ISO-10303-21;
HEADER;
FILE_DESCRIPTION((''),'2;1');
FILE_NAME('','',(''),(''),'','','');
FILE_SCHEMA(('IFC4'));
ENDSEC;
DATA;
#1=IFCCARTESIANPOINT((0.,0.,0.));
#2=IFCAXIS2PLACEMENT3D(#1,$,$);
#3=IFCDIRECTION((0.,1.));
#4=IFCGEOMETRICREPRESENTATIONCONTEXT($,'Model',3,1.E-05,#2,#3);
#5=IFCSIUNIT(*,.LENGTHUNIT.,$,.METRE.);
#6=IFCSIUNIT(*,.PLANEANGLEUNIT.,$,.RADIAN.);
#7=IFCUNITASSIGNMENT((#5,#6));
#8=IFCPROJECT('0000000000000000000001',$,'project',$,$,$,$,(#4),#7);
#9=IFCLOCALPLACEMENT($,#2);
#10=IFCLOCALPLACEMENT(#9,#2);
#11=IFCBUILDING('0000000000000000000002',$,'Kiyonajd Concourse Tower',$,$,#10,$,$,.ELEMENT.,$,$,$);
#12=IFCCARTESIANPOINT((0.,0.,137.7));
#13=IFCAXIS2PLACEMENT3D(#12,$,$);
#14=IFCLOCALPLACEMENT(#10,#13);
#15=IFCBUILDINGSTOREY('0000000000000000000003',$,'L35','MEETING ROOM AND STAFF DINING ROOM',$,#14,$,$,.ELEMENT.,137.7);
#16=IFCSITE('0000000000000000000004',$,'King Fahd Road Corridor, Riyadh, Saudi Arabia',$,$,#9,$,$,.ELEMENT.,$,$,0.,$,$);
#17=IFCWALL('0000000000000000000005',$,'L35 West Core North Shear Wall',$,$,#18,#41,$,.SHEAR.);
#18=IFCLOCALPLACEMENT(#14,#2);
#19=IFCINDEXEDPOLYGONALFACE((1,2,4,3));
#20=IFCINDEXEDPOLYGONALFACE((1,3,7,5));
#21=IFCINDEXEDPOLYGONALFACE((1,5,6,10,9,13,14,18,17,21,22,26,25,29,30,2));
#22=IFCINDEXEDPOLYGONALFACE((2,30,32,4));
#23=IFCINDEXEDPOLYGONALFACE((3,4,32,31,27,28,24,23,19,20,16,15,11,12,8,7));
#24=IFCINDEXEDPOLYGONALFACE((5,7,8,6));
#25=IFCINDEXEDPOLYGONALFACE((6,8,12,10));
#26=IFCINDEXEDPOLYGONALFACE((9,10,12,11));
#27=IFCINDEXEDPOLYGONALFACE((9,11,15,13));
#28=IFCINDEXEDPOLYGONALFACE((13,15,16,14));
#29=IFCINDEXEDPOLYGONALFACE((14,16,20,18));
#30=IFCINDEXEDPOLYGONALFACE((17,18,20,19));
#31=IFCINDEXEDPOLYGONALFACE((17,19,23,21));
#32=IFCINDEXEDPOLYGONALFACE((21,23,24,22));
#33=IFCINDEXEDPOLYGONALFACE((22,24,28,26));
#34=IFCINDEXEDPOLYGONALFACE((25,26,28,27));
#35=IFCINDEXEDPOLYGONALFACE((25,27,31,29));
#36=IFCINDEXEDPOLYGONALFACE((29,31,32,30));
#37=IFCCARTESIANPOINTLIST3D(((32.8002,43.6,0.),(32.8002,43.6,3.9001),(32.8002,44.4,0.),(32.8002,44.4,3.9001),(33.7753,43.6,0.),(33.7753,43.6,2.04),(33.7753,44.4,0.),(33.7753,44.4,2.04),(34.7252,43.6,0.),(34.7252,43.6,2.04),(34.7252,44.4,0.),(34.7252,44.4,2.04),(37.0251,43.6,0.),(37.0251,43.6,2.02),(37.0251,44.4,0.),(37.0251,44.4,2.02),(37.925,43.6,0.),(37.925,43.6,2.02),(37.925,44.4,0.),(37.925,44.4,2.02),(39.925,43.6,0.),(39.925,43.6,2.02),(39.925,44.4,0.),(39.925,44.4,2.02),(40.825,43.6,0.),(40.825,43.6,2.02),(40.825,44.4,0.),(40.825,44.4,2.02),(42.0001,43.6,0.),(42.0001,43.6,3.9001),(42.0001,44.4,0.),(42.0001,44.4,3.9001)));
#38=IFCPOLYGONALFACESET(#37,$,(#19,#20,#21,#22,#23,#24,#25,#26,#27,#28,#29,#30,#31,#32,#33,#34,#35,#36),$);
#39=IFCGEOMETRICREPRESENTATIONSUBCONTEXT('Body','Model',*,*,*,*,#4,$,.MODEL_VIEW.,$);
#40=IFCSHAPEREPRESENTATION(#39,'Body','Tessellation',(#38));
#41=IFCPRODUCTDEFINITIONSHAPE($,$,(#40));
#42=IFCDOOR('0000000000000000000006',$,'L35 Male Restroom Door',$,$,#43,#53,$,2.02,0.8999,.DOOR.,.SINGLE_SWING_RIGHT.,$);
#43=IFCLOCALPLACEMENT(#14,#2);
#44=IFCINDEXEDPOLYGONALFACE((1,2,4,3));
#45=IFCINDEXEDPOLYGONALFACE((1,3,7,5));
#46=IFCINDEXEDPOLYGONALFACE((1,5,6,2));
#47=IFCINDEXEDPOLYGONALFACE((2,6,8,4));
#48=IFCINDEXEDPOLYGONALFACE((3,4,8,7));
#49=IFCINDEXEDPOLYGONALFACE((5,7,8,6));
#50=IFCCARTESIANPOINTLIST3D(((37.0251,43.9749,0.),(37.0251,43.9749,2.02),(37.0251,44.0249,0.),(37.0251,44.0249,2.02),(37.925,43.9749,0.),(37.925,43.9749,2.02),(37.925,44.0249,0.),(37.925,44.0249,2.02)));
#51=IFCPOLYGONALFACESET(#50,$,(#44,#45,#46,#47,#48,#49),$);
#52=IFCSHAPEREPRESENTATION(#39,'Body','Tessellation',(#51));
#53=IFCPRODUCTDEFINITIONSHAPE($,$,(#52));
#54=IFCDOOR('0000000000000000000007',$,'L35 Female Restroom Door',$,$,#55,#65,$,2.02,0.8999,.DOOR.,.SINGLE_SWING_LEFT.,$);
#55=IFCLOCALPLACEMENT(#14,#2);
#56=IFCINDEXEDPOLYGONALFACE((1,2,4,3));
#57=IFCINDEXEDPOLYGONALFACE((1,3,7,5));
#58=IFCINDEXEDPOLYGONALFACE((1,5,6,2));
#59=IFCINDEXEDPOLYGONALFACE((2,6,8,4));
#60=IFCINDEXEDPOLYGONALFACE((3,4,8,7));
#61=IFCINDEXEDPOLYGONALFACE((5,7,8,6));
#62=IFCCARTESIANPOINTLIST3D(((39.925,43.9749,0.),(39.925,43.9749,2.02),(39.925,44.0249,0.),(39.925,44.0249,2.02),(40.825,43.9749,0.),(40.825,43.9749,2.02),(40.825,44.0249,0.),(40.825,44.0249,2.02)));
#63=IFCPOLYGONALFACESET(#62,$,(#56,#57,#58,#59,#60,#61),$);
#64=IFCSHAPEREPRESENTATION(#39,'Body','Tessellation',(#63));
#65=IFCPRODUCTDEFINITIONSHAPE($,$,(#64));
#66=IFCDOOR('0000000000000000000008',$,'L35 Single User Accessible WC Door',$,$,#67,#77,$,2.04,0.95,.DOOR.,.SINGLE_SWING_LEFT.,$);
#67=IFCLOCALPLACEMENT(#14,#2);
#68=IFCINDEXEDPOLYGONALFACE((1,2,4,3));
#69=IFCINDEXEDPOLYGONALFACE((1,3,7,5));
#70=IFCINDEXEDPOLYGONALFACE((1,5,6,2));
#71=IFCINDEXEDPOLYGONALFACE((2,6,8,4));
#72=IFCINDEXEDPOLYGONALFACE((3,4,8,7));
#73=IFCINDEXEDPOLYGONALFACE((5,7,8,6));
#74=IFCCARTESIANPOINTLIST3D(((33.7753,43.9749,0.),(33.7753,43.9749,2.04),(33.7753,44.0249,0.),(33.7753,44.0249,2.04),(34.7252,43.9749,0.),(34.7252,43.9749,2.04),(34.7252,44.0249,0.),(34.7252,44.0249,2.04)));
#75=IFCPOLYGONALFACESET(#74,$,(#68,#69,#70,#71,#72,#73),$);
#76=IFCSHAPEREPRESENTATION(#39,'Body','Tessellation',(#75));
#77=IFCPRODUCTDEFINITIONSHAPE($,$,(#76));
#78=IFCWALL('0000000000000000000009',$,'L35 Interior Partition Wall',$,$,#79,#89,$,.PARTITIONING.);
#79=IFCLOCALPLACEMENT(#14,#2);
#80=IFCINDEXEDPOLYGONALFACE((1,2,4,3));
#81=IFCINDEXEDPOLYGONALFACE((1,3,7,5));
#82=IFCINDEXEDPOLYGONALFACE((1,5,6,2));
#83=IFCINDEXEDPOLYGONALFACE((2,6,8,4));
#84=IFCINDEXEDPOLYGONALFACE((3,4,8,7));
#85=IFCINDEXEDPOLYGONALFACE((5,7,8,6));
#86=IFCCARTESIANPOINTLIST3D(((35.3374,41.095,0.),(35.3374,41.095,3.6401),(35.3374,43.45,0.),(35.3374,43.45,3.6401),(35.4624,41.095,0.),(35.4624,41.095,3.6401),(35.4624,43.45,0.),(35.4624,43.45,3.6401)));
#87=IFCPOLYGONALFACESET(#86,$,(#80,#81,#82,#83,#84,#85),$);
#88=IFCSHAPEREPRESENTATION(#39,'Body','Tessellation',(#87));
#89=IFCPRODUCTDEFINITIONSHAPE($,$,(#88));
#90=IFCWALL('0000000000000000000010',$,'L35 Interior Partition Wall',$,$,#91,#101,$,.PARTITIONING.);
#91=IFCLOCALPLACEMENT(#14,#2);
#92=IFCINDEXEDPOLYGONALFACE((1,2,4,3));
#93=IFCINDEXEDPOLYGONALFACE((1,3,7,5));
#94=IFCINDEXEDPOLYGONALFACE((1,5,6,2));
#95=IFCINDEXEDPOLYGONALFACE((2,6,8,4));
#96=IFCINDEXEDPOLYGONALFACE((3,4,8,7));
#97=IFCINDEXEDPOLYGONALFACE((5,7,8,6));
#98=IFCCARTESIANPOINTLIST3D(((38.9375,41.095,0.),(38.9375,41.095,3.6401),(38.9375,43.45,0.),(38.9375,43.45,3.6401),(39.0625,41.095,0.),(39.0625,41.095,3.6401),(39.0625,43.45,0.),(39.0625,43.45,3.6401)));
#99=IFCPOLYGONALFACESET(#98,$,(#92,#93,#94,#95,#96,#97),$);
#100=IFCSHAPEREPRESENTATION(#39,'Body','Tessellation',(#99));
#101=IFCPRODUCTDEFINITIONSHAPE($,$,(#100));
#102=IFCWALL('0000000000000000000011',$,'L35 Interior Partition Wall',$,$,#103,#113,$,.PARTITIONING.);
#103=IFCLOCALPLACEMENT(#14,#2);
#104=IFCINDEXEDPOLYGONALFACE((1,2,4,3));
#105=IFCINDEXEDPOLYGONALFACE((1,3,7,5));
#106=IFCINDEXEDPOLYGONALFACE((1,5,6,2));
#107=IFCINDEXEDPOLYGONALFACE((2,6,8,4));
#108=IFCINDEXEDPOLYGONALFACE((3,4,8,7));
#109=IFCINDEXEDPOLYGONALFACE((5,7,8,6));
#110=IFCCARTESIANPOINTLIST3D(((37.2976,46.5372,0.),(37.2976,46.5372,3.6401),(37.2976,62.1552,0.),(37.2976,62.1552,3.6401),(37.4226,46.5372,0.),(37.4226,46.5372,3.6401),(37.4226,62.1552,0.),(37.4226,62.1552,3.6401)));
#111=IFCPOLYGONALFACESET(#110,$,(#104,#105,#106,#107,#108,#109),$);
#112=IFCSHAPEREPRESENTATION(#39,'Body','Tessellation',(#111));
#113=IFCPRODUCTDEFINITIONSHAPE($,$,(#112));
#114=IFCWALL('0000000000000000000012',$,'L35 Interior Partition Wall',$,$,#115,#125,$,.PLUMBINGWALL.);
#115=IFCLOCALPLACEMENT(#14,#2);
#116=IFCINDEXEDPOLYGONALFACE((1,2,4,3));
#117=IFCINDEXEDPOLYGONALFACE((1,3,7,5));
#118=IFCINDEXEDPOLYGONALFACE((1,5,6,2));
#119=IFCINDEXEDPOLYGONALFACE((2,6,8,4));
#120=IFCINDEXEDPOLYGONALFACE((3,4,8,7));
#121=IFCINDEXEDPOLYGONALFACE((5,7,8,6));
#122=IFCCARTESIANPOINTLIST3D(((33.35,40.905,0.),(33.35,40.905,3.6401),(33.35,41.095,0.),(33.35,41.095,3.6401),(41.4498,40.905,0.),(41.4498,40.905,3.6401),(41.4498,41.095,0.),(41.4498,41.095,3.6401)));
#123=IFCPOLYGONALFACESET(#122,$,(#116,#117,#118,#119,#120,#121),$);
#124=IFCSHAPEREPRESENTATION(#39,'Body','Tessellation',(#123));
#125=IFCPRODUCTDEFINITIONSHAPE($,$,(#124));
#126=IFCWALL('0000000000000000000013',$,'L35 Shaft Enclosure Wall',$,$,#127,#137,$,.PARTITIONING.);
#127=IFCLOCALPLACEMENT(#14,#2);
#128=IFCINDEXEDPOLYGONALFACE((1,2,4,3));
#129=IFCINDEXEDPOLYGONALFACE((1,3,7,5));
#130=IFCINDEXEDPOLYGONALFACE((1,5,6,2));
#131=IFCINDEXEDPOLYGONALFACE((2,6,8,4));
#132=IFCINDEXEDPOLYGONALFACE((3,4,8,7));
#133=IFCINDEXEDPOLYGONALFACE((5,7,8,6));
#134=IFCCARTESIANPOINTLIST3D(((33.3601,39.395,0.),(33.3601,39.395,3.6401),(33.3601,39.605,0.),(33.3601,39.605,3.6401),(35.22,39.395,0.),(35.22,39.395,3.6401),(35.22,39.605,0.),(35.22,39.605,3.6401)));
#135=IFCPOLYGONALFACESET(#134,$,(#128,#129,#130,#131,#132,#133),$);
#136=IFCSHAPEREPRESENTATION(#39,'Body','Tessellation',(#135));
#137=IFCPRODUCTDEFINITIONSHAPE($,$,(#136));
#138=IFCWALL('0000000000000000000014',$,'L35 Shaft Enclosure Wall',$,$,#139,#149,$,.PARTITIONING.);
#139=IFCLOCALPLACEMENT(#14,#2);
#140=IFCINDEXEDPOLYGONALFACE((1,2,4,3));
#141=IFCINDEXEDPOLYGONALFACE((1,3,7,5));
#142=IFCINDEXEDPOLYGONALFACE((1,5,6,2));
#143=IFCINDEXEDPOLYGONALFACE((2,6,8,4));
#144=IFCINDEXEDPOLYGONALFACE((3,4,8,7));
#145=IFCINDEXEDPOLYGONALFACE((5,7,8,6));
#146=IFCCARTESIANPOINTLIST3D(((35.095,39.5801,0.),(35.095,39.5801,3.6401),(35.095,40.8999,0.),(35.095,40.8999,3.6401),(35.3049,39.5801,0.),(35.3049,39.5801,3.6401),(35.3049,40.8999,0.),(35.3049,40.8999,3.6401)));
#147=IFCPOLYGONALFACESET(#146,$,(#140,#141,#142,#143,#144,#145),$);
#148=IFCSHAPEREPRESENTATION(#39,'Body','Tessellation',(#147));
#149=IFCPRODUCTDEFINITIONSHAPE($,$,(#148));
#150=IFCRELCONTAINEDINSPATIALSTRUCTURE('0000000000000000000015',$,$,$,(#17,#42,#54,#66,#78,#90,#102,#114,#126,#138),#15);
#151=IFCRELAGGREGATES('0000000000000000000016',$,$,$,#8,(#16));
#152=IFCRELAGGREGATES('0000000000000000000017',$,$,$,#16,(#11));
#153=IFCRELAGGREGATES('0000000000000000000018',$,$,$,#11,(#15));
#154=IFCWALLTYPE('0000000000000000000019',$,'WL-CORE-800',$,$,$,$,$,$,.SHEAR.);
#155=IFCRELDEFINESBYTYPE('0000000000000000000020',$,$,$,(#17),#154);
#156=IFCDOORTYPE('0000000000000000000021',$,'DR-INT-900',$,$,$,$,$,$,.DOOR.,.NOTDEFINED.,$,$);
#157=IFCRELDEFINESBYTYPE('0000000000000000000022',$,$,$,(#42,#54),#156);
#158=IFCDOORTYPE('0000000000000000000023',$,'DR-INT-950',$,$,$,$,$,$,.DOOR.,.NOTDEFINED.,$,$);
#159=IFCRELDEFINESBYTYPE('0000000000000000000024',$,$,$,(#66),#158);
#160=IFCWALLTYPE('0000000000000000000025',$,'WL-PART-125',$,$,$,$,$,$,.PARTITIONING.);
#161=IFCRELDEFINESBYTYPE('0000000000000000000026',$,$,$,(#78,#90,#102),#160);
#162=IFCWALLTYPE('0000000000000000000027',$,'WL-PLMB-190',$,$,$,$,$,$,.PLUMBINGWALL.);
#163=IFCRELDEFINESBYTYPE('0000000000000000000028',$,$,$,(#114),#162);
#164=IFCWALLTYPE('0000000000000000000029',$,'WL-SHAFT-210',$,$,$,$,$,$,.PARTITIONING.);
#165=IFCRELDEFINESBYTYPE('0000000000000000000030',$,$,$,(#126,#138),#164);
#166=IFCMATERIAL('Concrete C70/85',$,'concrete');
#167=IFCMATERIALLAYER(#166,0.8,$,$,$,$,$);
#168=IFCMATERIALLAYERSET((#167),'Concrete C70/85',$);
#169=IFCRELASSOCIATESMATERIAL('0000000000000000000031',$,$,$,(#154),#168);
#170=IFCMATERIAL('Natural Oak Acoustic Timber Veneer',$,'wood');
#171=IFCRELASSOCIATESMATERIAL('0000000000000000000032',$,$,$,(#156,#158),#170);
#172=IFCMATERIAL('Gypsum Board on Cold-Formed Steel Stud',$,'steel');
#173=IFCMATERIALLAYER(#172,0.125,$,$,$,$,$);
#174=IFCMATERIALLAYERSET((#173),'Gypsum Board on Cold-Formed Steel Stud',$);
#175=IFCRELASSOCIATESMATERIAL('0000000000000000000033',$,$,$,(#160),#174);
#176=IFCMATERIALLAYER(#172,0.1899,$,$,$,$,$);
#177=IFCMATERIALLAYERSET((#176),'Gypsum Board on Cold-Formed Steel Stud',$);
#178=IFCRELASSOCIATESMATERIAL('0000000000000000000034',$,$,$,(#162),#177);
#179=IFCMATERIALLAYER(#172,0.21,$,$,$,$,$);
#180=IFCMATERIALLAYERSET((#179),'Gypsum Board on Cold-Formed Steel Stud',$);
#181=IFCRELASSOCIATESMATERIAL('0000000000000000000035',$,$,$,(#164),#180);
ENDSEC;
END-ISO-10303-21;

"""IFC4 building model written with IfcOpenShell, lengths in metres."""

from ifc_helpers import new_model, si_unit, direction, frame, frame_2d, origin, place, context, subcontext, project, spatial, rectangle, extrude, material, layer, layer_set, type_object, element, fill, save


model = new_model("IFC4")

# Units and contexts
model_context = context("Model", 3, precision=1e-05, world=origin(), true_north=direction((0.0, 1.0)))
body_context = subcontext(model_context, "Body", "Model", "MODEL_VIEW")
ifc_project = project(units=[si_unit("LENGTHUNIT", "METRE"), si_unit("PLANEANGLEUNIT", "RADIAN")], contexts=[model_context])

# Site, building, storey
site_placement = place(None, origin())
site = spatial("IfcSite", under=ifc_project, at=site_placement, Name="King Fahd Road Corridor, Riyadh, Saudi Arabia", CompositionType="ELEMENT", RefElevation=0.0)
building_placement = place(site_placement, origin())
building = spatial("IfcBuilding", under=site, at=building_placement, Name="Kiyonajd Concourse Tower", CompositionType="ELEMENT")
storey_placement = place(building_placement, frame((0.0, 0.0, 137.7)))
storey = spatial("IfcBuildingStorey", under=building, at=storey_placement, Name="L35", Description="MEETING ROOM AND STAFF DINING ROOM", CompositionType="ELEMENT", Elevation=137.7)

# Shared definitions
ifc_material_1 = material(Name="Concrete C70/85", Category="concrete")

# Shared definitions
ifc_layer_1 = layer(ifc_material_1, 0.8)
ifc_layer_set_1 = layer_set([ifc_layer_1], Name="Concrete C70/85")
wall_type_1 = type_object("IfcWallType", Name="WL-CORE-800", PredefinedType="SHEAR", material=ifc_layer_set_1)

# Wall, openings, doors
wall_1_placement = place(storey_placement, frame((32.8, 44.0, 0.0), z_axis=(0.0, 0.0, 1.0), x_axis=(1.0, 0.0, 0.0)))
wall_1 = element("IfcWall", 1, at=wall_1_placement, inside=storey, type_object=wall_type_1, Name="L35 West Core North Shear Wall", PredefinedType="SHEAR", context=body_context, shape_type="SweptSolid", body=[
    extrude(rectangle(XDim=9.2, YDim=0.8, at=frame_2d((4.6001, 0.0))), origin(), (0.0, 0.0, 1.0), 3.9001),
])
opening_1_placement = place(wall_1_placement, frame((0.9751, 0.0, 0.0)))
opening_1 = element("IfcOpeningElement", 2, at=opening_1_placement, cuts=wall_1, PredefinedType="OPENING", context=body_context, shape_type="SweptSolid", body=[
    extrude(rectangle(XDim=0.95, YDim=2.04, at=frame_2d((0.4751, 1.02))), frame((0.0, 0.4099, 0.0), z_axis=(0.0, -1.0, 0.0), x_axis=(1.0, 0.0, 0.0)), (0.0, 0.0, 1.0), 0.8201),
])
opening_2_placement = place(wall_1_placement, frame((4.2251, 0.0, 0.0)))
opening_2 = element("IfcOpeningElement", 3, at=opening_2_placement, cuts=wall_1, PredefinedType="OPENING", context=body_context, shape_type="SweptSolid", body=[
    extrude(rectangle(XDim=0.8999, YDim=2.02, at=frame_2d((0.45, 1.01))), frame((0.0, 0.4099, 0.0), z_axis=(0.0, -1.0, 0.0), x_axis=(1.0, 0.0, 0.0)), (0.0, 0.0, 1.0), 0.8201),
])
opening_3_placement = place(wall_1_placement, frame((7.125, 0.0, 0.0)))
opening_3 = element("IfcOpeningElement", 4, at=opening_3_placement, cuts=wall_1, PredefinedType="OPENING", context=body_context, shape_type="SweptSolid", body=[
    extrude(rectangle(XDim=0.8999, YDim=2.02, at=frame_2d((0.45, 1.01))), frame((0.0, 0.4099, 0.0), z_axis=(0.0, -1.0, 0.0), x_axis=(1.0, 0.0, 0.0)), (0.0, 0.0, 1.0), 0.8201),
])
ifc_material_2 = material(Name="Natural Oak Acoustic Timber Veneer", Category="wood")
door_type_1 = type_object("IfcDoorType", Name="DR-INT-900", OperationType="NOTDEFINED", PredefinedType="DOOR", material=ifc_material_2)
door_1_placement = place(opening_2_placement, origin())
door_1 = element("IfcDoor", 5, at=door_1_placement, inside=storey, type_object=door_type_1, Name="L35 Male Restroom Door", OperationType="SINGLE_SWING_RIGHT", OverallHeight=2.02, OverallWidth=0.8999, PredefinedType="DOOR", context=body_context, shape_type="SweptSolid", body=[
    extrude(rectangle(XDim=0.8999, YDim=2.02, at=frame_2d((0.45, 1.01))), frame((0.0, 0.0249, 0.0), z_axis=(0.0, -1.0, 0.0), x_axis=(1.0, 0.0, 0.0)), (0.0, 0.0, 1.0), 0.05),
])
fill(opening_2, door_1)
door_2_placement = place(opening_3_placement, origin())
door_2 = element("IfcDoor", 6, at=door_2_placement, inside=storey, type_object=door_type_1, Name="L35 Female Restroom Door", OperationType="SINGLE_SWING_LEFT", OverallHeight=2.02, OverallWidth=0.8999, PredefinedType="DOOR", context=body_context, shape_type="SweptSolid", body=[
    extrude(rectangle(XDim=0.8999, YDim=2.02, at=frame_2d((0.45, 1.01))), frame((0.0, 0.0249, 0.0), z_axis=(0.0, -1.0, 0.0), x_axis=(1.0, 0.0, 0.0)), (0.0, 0.0, 1.0), 0.05),
])
fill(opening_3, door_2)
door_type_2 = type_object("IfcDoorType", Name="DR-INT-950", OperationType="NOTDEFINED", PredefinedType="DOOR", material=ifc_material_2)
door_3_placement = place(opening_1_placement, origin())
door_3 = element("IfcDoor", 7, at=door_3_placement, inside=storey, type_object=door_type_2, Name="L35 Single User Accessible WC Door", OperationType="SINGLE_SWING_LEFT", OverallHeight=2.04, OverallWidth=0.95, PredefinedType="DOOR", context=body_context, shape_type="SweptSolid", body=[
    extrude(rectangle(XDim=0.95, YDim=2.04, at=frame_2d((0.4751, 1.02))), frame((0.0, 0.0249, 0.0), z_axis=(0.0, -1.0, 0.0), x_axis=(1.0, 0.0, 0.0)), (0.0, 0.0, 1.0), 0.05),
])
fill(opening_1, door_3)

# Walls
ifc_material_3 = material(Name="Gypsum Board on Cold-Formed Steel Stud", Category="steel")
ifc_layer_2 = layer(ifc_material_3, 0.125)
ifc_layer_set_2 = layer_set([ifc_layer_2], Name="Gypsum Board on Cold-Formed Steel Stud")
wall_type_2 = type_object("IfcWallType", Name="WL-PART-125", PredefinedType="PARTITIONING", material=ifc_layer_set_2)
for number, where, z_axis, x_axis, name in (
    (8, (35.3999, 41.095, 0.0), (0.0, 0.0, 1.0), (0.0, 1.0, 0.0), "L35 Interior Partition Wall"),
    (9, (39.0, 41.095, 0.0), (0.0, 0.0, 1.0), (0.0, 1.0, 0.0), "L35 Interior Partition Wall"),
):
    element("IfcWall", number, at=place(storey_placement, frame(where, z_axis=z_axis, x_axis=x_axis)), inside=storey, type_object=wall_type_2, Name=name, PredefinedType="PARTITIONING", context=body_context, shape_type="SweptSolid", body=[
        extrude(rectangle(XDim=2.355, YDim=0.125, at=frame_2d((1.1775, 0.0))), origin(), (0.0, 0.0, 1.0), 3.6401),
    ])
wall_2_placement = place(storey_placement, frame((37.3601, 46.5371, 0.0), z_axis=(0.0, 0.0, 1.0), x_axis=(0.0, 1.0, 0.0)))
element("IfcWall", 10, at=wall_2_placement, inside=storey, type_object=wall_type_2, Name="L35 Interior Partition Wall", PredefinedType="PARTITIONING", context=body_context, shape_type="SweptSolid", body=[
    extrude(rectangle(XDim=15.6179, YDim=0.125, at=frame_2d((7.8091, 0.0))), origin(), (0.0, 0.0, 1.0), 3.6401),
])
ifc_layer_3 = layer(ifc_material_3, 0.1899)
ifc_layer_set_3 = layer_set([ifc_layer_3], Name="Gypsum Board on Cold-Formed Steel Stud")
wall_type_3 = type_object("IfcWallType", Name="WL-PLMB-190", PredefinedType="PLUMBINGWALL", material=ifc_layer_set_3)
wall_3_placement = place(storey_placement, frame((33.3501, 41.0, 0.0), z_axis=(0.0, 0.0, 1.0), x_axis=(1.0, 0.0, 0.0)))
element("IfcWall", 11, at=wall_3_placement, inside=storey, type_object=wall_type_3, Name="L35 Interior Partition Wall", PredefinedType="PLUMBINGWALL", context=body_context, shape_type="SweptSolid", body=[
    extrude(rectangle(XDim=8.0999, YDim=0.1899, at=frame_2d((4.0498, 0.0))), origin(), (0.0, 0.0, 1.0), 3.6401),
])
ifc_layer_4 = layer(ifc_material_3, 0.21)
ifc_layer_set_4 = layer_set([ifc_layer_4], Name="Gypsum Board on Cold-Formed Steel Stud")
wall_type_4 = type_object("IfcWallType", Name="WL-SHAFT-210", PredefinedType="PARTITIONING", material=ifc_layer_set_4)
wall_4_placement = place(storey_placement, frame((33.3601, 39.5, 0.0), z_axis=(0.0, 0.0, 1.0), x_axis=(1.0, 0.0, 0.0)))
element("IfcWall", 12, at=wall_4_placement, inside=storey, type_object=wall_type_4, Name="L35 Shaft Enclosure Wall", PredefinedType="PARTITIONING", context=body_context, shape_type="SweptSolid", body=[
    extrude(rectangle(XDim=1.8599, YDim=0.21, at=frame_2d((0.9299, 0.0))), origin(), (0.0, 0.0, 1.0), 3.6401),
])
wall_5_placement = place(storey_placement, frame((35.2, 39.5801, 0.0), z_axis=(0.0, 0.0, 1.0), x_axis=(0.0, 1.0, 0.0)))
element("IfcWall", 13, at=wall_5_placement, inside=storey, type_object=wall_type_4, Name="L35 Shaft Enclosure Wall", PredefinedType="PARTITIONING", context=body_context, shape_type="SweptSolid", body=[
    extrude(rectangle(XDim=1.3198, YDim=0.21, at=frame_2d((0.6599, 0.0))), origin(), (0.0, 0.0, 1.0), 3.6401),
])

save(model, "model.ifc")
